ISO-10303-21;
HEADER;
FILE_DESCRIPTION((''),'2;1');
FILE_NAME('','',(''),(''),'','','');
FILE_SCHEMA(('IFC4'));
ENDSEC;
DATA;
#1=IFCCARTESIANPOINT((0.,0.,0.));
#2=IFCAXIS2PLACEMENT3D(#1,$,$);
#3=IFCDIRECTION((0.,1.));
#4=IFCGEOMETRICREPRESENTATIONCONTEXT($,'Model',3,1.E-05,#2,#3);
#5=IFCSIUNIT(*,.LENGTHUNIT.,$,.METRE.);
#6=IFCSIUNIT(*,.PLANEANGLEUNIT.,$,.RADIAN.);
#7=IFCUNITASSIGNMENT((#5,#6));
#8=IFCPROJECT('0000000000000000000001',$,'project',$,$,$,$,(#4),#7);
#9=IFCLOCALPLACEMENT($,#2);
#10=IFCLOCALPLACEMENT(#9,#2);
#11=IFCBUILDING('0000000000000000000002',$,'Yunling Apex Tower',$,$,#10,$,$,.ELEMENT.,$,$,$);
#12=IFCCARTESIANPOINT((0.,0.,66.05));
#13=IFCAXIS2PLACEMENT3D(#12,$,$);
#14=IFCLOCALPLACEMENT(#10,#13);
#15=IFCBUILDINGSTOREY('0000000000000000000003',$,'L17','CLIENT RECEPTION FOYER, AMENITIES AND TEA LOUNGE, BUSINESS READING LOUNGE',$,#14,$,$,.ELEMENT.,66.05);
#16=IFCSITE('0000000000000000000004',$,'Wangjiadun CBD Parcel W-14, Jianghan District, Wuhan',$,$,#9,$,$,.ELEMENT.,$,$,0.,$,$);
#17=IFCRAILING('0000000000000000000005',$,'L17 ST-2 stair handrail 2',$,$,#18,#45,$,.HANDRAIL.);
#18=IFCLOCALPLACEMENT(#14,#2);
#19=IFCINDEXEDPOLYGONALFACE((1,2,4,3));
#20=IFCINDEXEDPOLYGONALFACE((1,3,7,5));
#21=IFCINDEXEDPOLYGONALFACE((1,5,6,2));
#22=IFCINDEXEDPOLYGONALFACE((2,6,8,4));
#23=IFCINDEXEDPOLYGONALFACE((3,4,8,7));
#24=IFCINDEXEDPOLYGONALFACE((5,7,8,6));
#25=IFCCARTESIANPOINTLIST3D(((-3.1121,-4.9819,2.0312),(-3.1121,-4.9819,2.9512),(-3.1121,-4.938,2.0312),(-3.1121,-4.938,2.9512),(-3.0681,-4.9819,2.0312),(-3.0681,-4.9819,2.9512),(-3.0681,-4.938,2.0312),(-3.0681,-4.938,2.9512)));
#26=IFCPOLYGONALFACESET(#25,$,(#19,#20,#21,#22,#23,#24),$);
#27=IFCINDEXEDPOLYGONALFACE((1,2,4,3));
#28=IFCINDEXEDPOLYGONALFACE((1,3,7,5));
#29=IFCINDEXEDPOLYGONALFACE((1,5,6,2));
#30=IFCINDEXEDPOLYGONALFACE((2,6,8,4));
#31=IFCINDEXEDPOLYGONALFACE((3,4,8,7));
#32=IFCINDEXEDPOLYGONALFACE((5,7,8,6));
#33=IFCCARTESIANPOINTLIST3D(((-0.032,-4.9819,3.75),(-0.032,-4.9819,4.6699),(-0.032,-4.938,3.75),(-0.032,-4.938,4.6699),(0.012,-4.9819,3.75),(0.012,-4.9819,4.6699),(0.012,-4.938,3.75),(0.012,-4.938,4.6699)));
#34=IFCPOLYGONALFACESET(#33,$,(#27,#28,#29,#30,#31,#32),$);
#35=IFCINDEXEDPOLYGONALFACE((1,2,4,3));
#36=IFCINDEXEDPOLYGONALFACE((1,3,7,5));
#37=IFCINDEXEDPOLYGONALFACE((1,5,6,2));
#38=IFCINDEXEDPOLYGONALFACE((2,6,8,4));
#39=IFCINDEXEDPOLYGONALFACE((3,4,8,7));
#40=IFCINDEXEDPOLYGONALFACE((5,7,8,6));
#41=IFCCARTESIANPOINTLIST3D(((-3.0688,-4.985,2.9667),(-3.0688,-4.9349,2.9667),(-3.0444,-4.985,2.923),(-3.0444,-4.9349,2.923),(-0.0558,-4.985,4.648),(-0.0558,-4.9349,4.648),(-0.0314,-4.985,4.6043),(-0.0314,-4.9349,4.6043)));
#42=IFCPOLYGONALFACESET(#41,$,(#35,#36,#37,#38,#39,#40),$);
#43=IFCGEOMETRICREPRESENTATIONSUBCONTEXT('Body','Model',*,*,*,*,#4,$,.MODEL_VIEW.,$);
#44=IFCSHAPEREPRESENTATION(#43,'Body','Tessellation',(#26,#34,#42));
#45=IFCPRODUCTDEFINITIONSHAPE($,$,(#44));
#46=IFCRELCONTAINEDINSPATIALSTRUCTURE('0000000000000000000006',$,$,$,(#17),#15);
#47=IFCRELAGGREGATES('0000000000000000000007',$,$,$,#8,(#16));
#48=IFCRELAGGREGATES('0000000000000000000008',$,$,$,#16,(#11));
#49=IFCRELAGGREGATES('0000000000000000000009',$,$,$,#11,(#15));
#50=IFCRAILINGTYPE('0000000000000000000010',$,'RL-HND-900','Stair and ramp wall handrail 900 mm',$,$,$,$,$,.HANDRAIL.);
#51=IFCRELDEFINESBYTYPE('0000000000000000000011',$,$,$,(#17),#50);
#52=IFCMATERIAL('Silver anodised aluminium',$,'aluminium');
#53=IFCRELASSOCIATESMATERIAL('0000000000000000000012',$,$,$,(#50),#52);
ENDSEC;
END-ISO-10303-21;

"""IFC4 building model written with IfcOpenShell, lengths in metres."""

from ifc_helpers import new_model, si_unit, direction, frame, origin, origin_2d, place, context, subcontext, project, spatial, rectangle, extrude, material, type_object, element, save


model = new_model("IFC4")

# Units and contexts
model_context = context("Model", 3, precision=1e-05, world=origin(), true_north=direction((0.0, 1.0)))
body_context = subcontext(model_context, "Body", "Model", "MODEL_VIEW")
ifc_project = project(units=[si_unit("LENGTHUNIT", "METRE"), si_unit("PLANEANGLEUNIT", "RADIAN")], contexts=[model_context])

# Site, building, storey
site_placement = place(None, origin())
site = spatial("IfcSite", under=ifc_project, at=site_placement, Name="Wangjiadun CBD Parcel W-14, Jianghan District, Wuhan", CompositionType="ELEMENT", RefElevation=0.0)
building_placement = place(site_placement, origin())
building = spatial("IfcBuilding", under=site, at=building_placement, Name="Yunling Apex Tower", CompositionType="ELEMENT")
storey_placement = place(building_placement, frame((0.0, 0.0, 66.05)))
storey = spatial("IfcBuildingStorey", under=building, at=storey_placement, Name="L17", Description="CLIENT RECEPTION FOYER, AMENITIES AND TEA LOUNGE, BUSINESS READING LOUNGE", CompositionType="ELEMENT", Elevation=66.05)

# Railing
ifc_material_1 = material(Name="Silver anodised aluminium", Category="aluminium")
railing_type_1 = type_object("IfcRailingType", Name="RL-HND-900", Description="Stair and ramp wall handrail 900 mm", PredefinedType="HANDRAIL", material=ifc_material_1)
railing_1_placement = place(storey_placement, frame((-3.0901, -4.96, 2.0312)))
element("IfcRailing", 1, at=railing_1_placement, inside=storey, type_object=railing_type_1, Name="L17 ST-2 stair handrail 2", PredefinedType="HANDRAIL", context=body_context, shape_type="SweptSolid", body=[
    extrude(rectangle(XDim=0.0439, YDim=0.0439, at=origin_2d()), origin(), (0.0, 0.0, 1.0), 0.9199),
    extrude(rectangle(XDim=0.0439, YDim=0.0439, at=origin_2d()), frame((3.0801, 0.0, 1.7188)), (0.0, 0.0, 1.0), 0.9199),
    extrude(rectangle(XDim=0.05, YDim=0.05, at=origin_2d()), frame((0.0334, 0.0, 0.9136), z_axis=(0.873242, 0.0, 0.487288), x_axis=(0.0, 1.0, 0.0)), (0.0, 0.0, 1.0), 3.4504),
])

save(model, "model.ifc")
